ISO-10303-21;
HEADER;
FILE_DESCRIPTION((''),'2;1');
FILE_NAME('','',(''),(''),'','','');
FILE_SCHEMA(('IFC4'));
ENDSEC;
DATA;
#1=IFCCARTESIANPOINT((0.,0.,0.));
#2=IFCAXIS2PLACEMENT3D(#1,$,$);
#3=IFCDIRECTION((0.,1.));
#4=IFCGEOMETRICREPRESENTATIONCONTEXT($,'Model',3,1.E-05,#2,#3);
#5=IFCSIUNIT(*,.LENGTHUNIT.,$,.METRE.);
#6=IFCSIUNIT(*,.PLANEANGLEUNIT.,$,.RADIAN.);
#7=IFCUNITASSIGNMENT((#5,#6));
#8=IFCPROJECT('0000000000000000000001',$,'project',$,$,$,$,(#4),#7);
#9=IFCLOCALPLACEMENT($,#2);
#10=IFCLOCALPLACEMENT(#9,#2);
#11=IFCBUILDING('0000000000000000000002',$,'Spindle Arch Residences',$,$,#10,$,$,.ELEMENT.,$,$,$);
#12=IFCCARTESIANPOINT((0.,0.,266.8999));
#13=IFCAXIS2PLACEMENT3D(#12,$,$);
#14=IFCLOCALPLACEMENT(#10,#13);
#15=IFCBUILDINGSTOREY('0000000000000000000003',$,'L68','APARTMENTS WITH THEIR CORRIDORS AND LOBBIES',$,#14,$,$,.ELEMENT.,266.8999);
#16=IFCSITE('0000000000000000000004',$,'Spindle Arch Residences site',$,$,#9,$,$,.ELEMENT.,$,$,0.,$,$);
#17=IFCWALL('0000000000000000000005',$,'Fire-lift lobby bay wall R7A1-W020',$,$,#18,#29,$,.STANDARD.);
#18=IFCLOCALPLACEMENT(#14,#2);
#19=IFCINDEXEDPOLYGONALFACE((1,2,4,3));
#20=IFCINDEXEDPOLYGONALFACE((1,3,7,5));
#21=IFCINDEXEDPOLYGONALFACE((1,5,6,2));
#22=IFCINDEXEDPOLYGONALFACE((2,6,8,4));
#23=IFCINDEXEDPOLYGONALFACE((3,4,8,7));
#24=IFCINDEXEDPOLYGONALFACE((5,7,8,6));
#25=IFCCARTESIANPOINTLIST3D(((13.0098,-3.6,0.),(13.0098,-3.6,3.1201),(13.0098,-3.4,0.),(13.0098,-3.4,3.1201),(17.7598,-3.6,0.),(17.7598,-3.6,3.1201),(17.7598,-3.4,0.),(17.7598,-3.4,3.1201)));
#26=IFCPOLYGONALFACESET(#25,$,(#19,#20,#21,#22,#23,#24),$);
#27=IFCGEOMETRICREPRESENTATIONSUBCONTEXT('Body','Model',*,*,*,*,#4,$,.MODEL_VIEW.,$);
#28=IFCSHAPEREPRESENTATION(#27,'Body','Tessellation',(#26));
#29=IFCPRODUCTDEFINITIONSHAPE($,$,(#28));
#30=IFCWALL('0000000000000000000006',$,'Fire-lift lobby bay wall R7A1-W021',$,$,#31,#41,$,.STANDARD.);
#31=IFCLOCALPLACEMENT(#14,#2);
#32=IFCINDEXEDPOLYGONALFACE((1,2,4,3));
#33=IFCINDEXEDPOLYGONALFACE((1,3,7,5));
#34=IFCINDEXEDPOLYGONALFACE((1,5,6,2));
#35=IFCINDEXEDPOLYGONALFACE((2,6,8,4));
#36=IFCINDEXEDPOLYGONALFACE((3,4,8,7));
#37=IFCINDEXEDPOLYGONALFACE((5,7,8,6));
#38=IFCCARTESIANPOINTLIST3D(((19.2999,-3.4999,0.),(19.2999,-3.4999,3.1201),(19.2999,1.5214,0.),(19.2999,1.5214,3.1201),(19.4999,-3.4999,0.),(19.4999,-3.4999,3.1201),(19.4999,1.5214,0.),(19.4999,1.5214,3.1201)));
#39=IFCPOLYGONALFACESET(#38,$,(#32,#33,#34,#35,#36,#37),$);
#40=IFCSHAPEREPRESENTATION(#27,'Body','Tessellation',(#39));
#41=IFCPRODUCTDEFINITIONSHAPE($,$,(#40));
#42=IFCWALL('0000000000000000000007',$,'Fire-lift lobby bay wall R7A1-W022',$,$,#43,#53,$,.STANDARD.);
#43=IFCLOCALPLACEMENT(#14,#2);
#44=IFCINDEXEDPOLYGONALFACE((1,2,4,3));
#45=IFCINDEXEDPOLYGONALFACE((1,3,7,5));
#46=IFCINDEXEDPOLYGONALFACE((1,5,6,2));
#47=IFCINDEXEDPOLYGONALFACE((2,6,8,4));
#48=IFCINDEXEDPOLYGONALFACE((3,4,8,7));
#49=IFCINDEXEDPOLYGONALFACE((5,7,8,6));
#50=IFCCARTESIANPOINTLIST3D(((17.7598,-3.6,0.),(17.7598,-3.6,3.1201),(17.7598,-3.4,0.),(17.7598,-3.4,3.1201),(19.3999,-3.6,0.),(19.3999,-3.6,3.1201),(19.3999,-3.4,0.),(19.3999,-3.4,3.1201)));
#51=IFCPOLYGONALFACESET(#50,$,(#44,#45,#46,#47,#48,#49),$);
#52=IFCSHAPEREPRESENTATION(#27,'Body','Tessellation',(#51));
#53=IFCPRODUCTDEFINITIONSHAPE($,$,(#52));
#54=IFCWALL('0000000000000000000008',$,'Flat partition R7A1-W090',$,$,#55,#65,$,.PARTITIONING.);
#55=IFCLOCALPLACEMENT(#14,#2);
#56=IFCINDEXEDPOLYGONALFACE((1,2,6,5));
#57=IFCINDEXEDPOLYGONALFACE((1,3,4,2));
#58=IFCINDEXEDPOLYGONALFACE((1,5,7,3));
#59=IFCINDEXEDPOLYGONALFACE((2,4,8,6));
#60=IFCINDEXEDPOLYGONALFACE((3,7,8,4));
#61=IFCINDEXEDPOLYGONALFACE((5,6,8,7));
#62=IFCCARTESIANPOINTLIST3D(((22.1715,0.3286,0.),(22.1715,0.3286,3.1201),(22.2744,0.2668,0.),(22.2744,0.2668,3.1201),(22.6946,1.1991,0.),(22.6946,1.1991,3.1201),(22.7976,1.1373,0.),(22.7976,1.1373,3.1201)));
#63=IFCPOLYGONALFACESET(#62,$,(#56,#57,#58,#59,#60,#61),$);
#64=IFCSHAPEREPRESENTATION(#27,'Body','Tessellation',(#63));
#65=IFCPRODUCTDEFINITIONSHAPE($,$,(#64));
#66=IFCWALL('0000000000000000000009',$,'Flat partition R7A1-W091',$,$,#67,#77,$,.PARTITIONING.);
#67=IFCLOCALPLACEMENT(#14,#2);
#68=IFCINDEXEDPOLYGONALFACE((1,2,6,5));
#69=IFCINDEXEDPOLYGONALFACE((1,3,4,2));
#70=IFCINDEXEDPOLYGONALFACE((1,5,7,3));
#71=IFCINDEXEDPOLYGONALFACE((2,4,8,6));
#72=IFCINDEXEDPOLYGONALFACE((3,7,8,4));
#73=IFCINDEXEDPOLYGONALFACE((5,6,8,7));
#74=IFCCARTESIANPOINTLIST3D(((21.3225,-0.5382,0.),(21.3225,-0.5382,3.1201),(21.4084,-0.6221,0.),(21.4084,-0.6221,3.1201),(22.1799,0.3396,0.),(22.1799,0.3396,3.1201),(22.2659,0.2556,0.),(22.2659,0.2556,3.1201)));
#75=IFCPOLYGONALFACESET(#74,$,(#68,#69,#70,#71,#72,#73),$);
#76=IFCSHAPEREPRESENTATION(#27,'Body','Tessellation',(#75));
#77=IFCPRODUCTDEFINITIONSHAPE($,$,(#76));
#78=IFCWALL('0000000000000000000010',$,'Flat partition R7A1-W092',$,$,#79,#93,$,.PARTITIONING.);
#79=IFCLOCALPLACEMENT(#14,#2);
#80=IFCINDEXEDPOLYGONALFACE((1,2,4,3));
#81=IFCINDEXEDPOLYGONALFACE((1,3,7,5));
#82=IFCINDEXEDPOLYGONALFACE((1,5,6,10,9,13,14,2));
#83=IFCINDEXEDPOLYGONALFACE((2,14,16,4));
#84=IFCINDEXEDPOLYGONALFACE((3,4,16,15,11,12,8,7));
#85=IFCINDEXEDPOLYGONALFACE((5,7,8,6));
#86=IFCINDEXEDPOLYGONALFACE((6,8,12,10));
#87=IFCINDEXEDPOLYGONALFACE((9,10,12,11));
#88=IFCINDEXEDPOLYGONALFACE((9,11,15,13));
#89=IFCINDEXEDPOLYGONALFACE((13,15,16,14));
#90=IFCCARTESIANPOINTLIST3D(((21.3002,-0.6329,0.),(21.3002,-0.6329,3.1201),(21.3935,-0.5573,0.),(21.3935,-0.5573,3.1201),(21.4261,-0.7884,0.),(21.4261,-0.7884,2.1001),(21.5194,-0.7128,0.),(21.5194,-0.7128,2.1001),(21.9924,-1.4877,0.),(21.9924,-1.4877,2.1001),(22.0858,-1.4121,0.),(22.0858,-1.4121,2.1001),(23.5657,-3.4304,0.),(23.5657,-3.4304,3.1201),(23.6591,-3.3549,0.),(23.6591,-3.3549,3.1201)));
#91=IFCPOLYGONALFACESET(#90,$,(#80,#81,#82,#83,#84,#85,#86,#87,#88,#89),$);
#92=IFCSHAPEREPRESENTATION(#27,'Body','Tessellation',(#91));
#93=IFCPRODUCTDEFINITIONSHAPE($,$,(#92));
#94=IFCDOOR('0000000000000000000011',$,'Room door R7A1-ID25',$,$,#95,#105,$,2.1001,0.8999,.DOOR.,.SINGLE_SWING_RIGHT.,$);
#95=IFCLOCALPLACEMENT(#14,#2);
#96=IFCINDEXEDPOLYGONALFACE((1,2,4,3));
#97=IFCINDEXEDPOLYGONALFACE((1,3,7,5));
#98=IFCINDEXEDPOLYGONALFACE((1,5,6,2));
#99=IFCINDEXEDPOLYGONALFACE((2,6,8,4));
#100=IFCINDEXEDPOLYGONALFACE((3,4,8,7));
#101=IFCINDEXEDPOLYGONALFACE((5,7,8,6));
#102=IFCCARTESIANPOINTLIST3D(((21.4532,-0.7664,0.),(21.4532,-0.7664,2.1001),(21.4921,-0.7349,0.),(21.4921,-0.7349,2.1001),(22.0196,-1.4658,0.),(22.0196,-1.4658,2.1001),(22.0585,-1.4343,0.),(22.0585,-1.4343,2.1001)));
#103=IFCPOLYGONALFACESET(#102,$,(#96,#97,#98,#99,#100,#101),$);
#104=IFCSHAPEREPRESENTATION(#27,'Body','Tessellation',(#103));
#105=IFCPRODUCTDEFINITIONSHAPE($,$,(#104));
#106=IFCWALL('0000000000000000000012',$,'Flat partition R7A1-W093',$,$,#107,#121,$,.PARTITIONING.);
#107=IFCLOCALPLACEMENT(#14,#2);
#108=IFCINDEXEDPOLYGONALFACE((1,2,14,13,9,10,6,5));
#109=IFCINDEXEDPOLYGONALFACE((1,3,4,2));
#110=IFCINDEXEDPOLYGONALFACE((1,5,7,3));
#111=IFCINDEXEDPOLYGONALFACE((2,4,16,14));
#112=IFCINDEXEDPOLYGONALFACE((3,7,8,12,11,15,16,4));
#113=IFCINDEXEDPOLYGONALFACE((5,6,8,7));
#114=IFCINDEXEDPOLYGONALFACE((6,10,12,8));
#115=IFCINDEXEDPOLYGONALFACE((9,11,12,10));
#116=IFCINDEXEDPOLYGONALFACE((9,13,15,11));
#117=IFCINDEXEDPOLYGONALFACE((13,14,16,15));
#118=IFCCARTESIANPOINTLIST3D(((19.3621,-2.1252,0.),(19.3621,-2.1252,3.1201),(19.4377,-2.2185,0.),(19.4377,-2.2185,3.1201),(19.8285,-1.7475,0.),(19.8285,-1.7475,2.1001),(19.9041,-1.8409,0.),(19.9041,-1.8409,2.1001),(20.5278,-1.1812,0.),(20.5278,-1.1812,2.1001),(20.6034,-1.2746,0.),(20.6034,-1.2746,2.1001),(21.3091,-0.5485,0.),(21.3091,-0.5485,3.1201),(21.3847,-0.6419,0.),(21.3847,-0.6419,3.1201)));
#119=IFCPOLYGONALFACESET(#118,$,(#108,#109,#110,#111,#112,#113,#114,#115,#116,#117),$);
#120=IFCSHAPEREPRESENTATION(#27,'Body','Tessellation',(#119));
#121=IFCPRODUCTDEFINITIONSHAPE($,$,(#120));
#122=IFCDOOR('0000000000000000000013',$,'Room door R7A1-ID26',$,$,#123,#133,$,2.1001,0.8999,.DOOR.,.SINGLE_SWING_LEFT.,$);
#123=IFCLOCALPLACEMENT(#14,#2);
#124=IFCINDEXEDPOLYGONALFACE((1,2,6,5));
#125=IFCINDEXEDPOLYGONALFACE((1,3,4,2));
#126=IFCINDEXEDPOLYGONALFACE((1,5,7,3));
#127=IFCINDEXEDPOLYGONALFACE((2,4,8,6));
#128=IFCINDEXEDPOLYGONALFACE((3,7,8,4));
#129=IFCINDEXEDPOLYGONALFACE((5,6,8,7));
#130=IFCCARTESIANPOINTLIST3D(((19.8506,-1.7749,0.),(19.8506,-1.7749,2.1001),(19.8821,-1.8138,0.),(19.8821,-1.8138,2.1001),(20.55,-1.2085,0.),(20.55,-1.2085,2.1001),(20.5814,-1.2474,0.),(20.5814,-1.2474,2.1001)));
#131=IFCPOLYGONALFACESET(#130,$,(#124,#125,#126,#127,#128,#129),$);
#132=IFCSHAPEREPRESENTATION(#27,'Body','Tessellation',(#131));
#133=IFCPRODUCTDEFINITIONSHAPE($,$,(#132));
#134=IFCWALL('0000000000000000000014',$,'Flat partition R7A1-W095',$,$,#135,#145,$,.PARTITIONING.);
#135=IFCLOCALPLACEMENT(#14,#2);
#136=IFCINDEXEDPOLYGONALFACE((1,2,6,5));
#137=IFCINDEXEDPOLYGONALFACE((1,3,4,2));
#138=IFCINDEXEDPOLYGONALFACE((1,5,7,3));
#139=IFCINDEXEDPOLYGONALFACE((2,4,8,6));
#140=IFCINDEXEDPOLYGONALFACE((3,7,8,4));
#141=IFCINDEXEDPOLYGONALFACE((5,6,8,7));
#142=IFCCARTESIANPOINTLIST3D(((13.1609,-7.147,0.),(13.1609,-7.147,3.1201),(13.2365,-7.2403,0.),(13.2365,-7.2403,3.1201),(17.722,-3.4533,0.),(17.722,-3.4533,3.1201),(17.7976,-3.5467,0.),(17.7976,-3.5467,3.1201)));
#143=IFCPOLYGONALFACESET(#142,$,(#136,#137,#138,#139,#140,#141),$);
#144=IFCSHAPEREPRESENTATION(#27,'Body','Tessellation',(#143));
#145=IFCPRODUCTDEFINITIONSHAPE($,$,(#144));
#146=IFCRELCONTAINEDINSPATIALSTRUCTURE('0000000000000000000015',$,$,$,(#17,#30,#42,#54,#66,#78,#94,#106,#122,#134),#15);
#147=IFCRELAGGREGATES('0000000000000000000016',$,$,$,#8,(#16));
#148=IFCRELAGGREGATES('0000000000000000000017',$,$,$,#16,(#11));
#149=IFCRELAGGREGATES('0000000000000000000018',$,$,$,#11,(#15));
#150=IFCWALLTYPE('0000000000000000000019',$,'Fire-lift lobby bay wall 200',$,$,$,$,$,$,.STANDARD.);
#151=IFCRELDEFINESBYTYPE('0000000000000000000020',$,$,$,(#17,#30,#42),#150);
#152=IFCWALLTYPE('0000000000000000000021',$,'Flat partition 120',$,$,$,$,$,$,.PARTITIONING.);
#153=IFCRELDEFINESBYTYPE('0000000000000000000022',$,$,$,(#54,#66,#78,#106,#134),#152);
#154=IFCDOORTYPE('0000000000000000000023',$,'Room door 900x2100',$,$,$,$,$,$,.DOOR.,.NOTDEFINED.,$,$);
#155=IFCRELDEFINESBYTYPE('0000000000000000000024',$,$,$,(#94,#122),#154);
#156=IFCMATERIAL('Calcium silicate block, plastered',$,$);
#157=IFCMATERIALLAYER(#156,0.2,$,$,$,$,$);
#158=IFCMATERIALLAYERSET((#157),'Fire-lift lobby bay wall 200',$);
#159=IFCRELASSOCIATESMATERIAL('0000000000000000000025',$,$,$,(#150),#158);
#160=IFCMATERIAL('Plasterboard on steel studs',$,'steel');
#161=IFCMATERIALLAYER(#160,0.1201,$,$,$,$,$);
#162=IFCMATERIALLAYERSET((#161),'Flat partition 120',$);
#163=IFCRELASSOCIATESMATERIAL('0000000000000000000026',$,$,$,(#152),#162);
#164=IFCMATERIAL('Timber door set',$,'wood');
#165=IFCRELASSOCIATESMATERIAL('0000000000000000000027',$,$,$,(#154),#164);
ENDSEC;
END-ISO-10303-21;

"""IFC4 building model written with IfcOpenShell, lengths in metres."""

from ifc_helpers import new_model, si_unit, direction, frame, frame_2d, origin, place, context, subcontext, project, spatial, rectangle, extrude, material, layer, layer_set, type_object, element, fill, save


model = new_model("IFC4")

# Units and contexts
model_context = context("Model", 3, precision=1e-05, world=origin(), true_north=direction((0.0, 1.0)))
body_context = subcontext(model_context, "Body", "Model", "MODEL_VIEW")
ifc_project = project(units=[si_unit("LENGTHUNIT", "METRE"), si_unit("PLANEANGLEUNIT", "RADIAN")], contexts=[model_context])

# Site, building, storey
site_placement = place(None, origin())
site = spatial("IfcSite", under=ifc_project, at=site_placement, Name="Spindle Arch Residences site", CompositionType="ELEMENT", RefElevation=0.0)
building_placement = place(site_placement, origin())
building = spatial("IfcBuilding", under=site, at=building_placement, Name="Spindle Arch Residences", CompositionType="ELEMENT")
storey_placement = place(building_placement, frame((0.0, 0.0, 266.8999)))
storey = spatial("IfcBuildingStorey", under=building, at=storey_placement, Name="L68", Description="APARTMENTS WITH THEIR CORRIDORS AND LOBBIES", CompositionType="ELEMENT", Elevation=266.8999)

# Walls
ifc_material_1 = material(Name="Calcium silicate block, plastered")
ifc_layer_1 = layer(ifc_material_1, 0.2)
ifc_layer_set_1 = layer_set([ifc_layer_1], Name="Fire-lift lobby bay wall 200")
wall_type_1 = type_object("IfcWallType", Name="Fire-lift lobby bay wall 200", PredefinedType="STANDARD", material=ifc_layer_set_1)
wall_1_placement = place(storey_placement, frame((13.0098, -3.5, 0.0), z_axis=(0.0, 0.0, 1.0), x_axis=(1.0, 0.0, 0.0)))
element("IfcWall", 1, at=wall_1_placement, inside=storey, type_object=wall_type_1, Name="Fire-lift lobby bay wall R7A1-W020", PredefinedType="STANDARD", context=body_context, shape_type="SweptSolid", body=[
    extrude(rectangle(XDim=4.75, YDim=0.2, at=frame_2d((2.375, 0.0))), origin(), (0.0, 0.0, 1.0), 3.1201),
])
wall_2_placement = place(storey_placement, frame((19.3999, -3.5, 0.0), z_axis=(0.0, 0.0, 1.0), x_axis=(0.0, 1.0, 0.0)))
element("IfcWall", 2, at=wall_2_placement, inside=storey, type_object=wall_type_1, Name="Fire-lift lobby bay wall R7A1-W021", PredefinedType="STANDARD", context=body_context, shape_type="SweptSolid", body=[
    extrude(rectangle(XDim=5.0212, YDim=0.2, at=frame_2d((2.5107, 0.0))), origin(), (0.0, 0.0, 1.0), 3.1201),
])
wall_3_placement = place(storey_placement, frame((17.7598, -3.5, 0.0), z_axis=(0.0, 0.0, 1.0), x_axis=(1.0, 0.0, 0.0)))
element("IfcWall", 3, at=wall_3_placement, inside=storey, type_object=wall_type_1, Name="Fire-lift lobby bay wall R7A1-W022", PredefinedType="STANDARD", context=body_context, shape_type="SweptSolid", body=[
    extrude(rectangle(XDim=1.6401, YDim=0.2, at=frame_2d((0.8201, 0.0))), origin(), (0.0, 0.0, 1.0), 3.1201),
])
ifc_material_2 = material(Name="Plasterboard on steel studs", Category="steel")
ifc_layer_2 = layer(ifc_material_2, 0.1201)
ifc_layer_set_2 = layer_set([ifc_layer_2], Name="Flat partition 120")
wall_type_2 = type_object("IfcWallType", Name="Flat partition 120", PredefinedType="PARTITIONING", material=ifc_layer_set_2)
wall_4_placement = place(storey_placement, frame((22.7461, 1.1682, 0.0), z_axis=(0.0, 0.0, 1.0), x_axis=(-0.515097, -0.857132, 0.0)))
element("IfcWall", 4, at=wall_4_placement, inside=storey, type_object=wall_type_2, Name="Flat partition R7A1-W090", PredefinedType="PARTITIONING", context=body_context, shape_type="SweptSolid", body=[
    extrude(rectangle(XDim=1.0156, YDim=0.1201, at=frame_2d((0.5078, 0.0))), origin(), (0.0, 0.0, 1.0), 3.1201),
])
wall_5_placement = place(storey_placement, frame((22.2229, 0.2976, 0.0), z_axis=(0.0, 0.0, 1.0), x_axis=(-0.698801, -0.715316, 0.0)))
element("IfcWall", 5, at=wall_5_placement, inside=storey, type_object=wall_type_2, Name="Flat partition R7A1-W091", PredefinedType="PARTITIONING", context=body_context, shape_type="SweptSolid", body=[
    extrude(rectangle(XDim=1.2271, YDim=0.1201, at=frame_2d((0.6135, 0.0))), origin(), (0.0, 0.0, 1.0), 3.1201),
])

# Walls, openings, doors
wall_6_placement = place(storey_placement, frame((21.3469, -0.5952, 0.0), z_axis=(0.0, 0.0, 1.0), x_axis=(0.629348, -0.777123, 0.0)))
wall_6 = element("IfcWall", 6, at=wall_6_placement, inside=storey, type_object=wall_type_2, Name="Flat partition R7A1-W092", PredefinedType="PARTITIONING", context=body_context, shape_type="SweptSolid", body=[
    extrude(rectangle(XDim=3.5999, YDim=0.1201, at=frame_2d((1.7998, 0.0))), origin(), (0.0, 0.0, 1.0), 3.1201),
])
opening_1_placement = place(wall_6_placement, frame((0.2, 0.0, 0.0)))
opening_1 = element("IfcOpeningElement", 7, at=opening_1_placement, cuts=wall_6, PredefinedType="OPENING", context=body_context, shape_type="SweptSolid", body=[
    extrude(rectangle(XDim=0.8999, YDim=2.1001, at=frame_2d((0.45, 1.05))), frame((0.0, 0.0701, 0.0), z_axis=(0.0, -1.0, 0.0), x_axis=(1.0, 0.0, 0.0)), (0.0, 0.0, 1.0), 0.1401),
])
ifc_material_3 = material(Name="Timber door set", Category="wood")
door_type_1 = type_object("IfcDoorType", Name="Room door 900x2100", OperationType="NOTDEFINED", PredefinedType="DOOR", material=ifc_material_3)
door_1_placement = place(opening_1_placement, origin())
door_1 = element("IfcDoor", 8, at=door_1_placement, inside=storey, type_object=door_type_1, Name="Room door R7A1-ID25", OperationType="SINGLE_SWING_RIGHT", OverallHeight=2.1001, OverallWidth=0.8999, PredefinedType="DOOR", context=body_context, shape_type="SweptSolid", body=[
    extrude(rectangle(XDim=0.8999, YDim=2.1001, at=frame_2d((0.45, 1.05))), frame((0.0, 0.0249, 0.0), z_axis=(0.0, -1.0, 0.0), x_axis=(1.0, 0.0, 0.0)), (0.0, 0.0, 1.0), 0.05),
])
fill(opening_1, door_1)
wall_7_placement = place(storey_placement, frame((19.3999, -2.1719, 0.0), z_axis=(0.0, 0.0, 1.0), x_axis=(0.777147, 0.629319, 0.0)))
wall_7 = element("IfcWall", 9, at=wall_7_placement, inside=storey, type_object=wall_type_2, Name="Flat partition R7A1-W093", PredefinedType="PARTITIONING", context=body_context, shape_type="SweptSolid", body=[
    extrude(rectangle(XDim=2.5054, YDim=0.1201, at=frame_2d((1.2527, 0.0))), origin(), (0.0, 0.0, 1.0), 3.1201),
])
opening_2_placement = place(wall_7_placement, frame((0.6001, 0.0, 0.0)))
opening_2 = element("IfcOpeningElement", 10, at=opening_2_placement, cuts=wall_7, PredefinedType="OPENING", context=body_context, shape_type="SweptSolid", body=[
    extrude(rectangle(XDim=0.8999, YDim=2.1001, at=frame_2d((0.45, 1.05))), frame((0.0, 0.0701, 0.0), z_axis=(0.0, -1.0, 0.0), x_axis=(1.0, 0.0, 0.0)), (0.0, 0.0, 1.0), 0.1401),
])
door_2_placement = place(opening_2_placement, origin())
door_2 = element("IfcDoor", 11, at=door_2_placement, inside=storey, type_object=door_type_1, Name="Room door R7A1-ID26", OperationType="SINGLE_SWING_LEFT", OverallHeight=2.1001, OverallWidth=0.8999, PredefinedType="DOOR", context=body_context, shape_type="SweptSolid", body=[
    extrude(rectangle(XDim=0.8999, YDim=2.1001, at=frame_2d((0.45, 1.05))), frame((0.0, 0.0249, 0.0), z_axis=(0.0, -1.0, 0.0), x_axis=(1.0, 0.0, 0.0)), (0.0, 0.0, 1.0), 0.05),
])
fill(opening_2, door_2)

# Wall
wall_8_placement = place(storey_placement, frame((17.7598, -3.5, 0.0), z_axis=(0.0, 0.0, 1.0), x_axis=(-0.777133, -0.629336, 0.0)))
element("IfcWall", 12, at=wall_8_placement, inside=storey, type_object=wall_type_2, Name="Flat partition R7A1-W095", PredefinedType="PARTITIONING", context=body_context, shape_type="SweptSolid", body=[
    extrude(rectangle(XDim=5.8691, YDim=0.1201, at=frame_2d((2.9346, 0.0))), origin(), (0.0, 0.0, 1.0), 3.1201),
])

save(model, "model.ifc")
